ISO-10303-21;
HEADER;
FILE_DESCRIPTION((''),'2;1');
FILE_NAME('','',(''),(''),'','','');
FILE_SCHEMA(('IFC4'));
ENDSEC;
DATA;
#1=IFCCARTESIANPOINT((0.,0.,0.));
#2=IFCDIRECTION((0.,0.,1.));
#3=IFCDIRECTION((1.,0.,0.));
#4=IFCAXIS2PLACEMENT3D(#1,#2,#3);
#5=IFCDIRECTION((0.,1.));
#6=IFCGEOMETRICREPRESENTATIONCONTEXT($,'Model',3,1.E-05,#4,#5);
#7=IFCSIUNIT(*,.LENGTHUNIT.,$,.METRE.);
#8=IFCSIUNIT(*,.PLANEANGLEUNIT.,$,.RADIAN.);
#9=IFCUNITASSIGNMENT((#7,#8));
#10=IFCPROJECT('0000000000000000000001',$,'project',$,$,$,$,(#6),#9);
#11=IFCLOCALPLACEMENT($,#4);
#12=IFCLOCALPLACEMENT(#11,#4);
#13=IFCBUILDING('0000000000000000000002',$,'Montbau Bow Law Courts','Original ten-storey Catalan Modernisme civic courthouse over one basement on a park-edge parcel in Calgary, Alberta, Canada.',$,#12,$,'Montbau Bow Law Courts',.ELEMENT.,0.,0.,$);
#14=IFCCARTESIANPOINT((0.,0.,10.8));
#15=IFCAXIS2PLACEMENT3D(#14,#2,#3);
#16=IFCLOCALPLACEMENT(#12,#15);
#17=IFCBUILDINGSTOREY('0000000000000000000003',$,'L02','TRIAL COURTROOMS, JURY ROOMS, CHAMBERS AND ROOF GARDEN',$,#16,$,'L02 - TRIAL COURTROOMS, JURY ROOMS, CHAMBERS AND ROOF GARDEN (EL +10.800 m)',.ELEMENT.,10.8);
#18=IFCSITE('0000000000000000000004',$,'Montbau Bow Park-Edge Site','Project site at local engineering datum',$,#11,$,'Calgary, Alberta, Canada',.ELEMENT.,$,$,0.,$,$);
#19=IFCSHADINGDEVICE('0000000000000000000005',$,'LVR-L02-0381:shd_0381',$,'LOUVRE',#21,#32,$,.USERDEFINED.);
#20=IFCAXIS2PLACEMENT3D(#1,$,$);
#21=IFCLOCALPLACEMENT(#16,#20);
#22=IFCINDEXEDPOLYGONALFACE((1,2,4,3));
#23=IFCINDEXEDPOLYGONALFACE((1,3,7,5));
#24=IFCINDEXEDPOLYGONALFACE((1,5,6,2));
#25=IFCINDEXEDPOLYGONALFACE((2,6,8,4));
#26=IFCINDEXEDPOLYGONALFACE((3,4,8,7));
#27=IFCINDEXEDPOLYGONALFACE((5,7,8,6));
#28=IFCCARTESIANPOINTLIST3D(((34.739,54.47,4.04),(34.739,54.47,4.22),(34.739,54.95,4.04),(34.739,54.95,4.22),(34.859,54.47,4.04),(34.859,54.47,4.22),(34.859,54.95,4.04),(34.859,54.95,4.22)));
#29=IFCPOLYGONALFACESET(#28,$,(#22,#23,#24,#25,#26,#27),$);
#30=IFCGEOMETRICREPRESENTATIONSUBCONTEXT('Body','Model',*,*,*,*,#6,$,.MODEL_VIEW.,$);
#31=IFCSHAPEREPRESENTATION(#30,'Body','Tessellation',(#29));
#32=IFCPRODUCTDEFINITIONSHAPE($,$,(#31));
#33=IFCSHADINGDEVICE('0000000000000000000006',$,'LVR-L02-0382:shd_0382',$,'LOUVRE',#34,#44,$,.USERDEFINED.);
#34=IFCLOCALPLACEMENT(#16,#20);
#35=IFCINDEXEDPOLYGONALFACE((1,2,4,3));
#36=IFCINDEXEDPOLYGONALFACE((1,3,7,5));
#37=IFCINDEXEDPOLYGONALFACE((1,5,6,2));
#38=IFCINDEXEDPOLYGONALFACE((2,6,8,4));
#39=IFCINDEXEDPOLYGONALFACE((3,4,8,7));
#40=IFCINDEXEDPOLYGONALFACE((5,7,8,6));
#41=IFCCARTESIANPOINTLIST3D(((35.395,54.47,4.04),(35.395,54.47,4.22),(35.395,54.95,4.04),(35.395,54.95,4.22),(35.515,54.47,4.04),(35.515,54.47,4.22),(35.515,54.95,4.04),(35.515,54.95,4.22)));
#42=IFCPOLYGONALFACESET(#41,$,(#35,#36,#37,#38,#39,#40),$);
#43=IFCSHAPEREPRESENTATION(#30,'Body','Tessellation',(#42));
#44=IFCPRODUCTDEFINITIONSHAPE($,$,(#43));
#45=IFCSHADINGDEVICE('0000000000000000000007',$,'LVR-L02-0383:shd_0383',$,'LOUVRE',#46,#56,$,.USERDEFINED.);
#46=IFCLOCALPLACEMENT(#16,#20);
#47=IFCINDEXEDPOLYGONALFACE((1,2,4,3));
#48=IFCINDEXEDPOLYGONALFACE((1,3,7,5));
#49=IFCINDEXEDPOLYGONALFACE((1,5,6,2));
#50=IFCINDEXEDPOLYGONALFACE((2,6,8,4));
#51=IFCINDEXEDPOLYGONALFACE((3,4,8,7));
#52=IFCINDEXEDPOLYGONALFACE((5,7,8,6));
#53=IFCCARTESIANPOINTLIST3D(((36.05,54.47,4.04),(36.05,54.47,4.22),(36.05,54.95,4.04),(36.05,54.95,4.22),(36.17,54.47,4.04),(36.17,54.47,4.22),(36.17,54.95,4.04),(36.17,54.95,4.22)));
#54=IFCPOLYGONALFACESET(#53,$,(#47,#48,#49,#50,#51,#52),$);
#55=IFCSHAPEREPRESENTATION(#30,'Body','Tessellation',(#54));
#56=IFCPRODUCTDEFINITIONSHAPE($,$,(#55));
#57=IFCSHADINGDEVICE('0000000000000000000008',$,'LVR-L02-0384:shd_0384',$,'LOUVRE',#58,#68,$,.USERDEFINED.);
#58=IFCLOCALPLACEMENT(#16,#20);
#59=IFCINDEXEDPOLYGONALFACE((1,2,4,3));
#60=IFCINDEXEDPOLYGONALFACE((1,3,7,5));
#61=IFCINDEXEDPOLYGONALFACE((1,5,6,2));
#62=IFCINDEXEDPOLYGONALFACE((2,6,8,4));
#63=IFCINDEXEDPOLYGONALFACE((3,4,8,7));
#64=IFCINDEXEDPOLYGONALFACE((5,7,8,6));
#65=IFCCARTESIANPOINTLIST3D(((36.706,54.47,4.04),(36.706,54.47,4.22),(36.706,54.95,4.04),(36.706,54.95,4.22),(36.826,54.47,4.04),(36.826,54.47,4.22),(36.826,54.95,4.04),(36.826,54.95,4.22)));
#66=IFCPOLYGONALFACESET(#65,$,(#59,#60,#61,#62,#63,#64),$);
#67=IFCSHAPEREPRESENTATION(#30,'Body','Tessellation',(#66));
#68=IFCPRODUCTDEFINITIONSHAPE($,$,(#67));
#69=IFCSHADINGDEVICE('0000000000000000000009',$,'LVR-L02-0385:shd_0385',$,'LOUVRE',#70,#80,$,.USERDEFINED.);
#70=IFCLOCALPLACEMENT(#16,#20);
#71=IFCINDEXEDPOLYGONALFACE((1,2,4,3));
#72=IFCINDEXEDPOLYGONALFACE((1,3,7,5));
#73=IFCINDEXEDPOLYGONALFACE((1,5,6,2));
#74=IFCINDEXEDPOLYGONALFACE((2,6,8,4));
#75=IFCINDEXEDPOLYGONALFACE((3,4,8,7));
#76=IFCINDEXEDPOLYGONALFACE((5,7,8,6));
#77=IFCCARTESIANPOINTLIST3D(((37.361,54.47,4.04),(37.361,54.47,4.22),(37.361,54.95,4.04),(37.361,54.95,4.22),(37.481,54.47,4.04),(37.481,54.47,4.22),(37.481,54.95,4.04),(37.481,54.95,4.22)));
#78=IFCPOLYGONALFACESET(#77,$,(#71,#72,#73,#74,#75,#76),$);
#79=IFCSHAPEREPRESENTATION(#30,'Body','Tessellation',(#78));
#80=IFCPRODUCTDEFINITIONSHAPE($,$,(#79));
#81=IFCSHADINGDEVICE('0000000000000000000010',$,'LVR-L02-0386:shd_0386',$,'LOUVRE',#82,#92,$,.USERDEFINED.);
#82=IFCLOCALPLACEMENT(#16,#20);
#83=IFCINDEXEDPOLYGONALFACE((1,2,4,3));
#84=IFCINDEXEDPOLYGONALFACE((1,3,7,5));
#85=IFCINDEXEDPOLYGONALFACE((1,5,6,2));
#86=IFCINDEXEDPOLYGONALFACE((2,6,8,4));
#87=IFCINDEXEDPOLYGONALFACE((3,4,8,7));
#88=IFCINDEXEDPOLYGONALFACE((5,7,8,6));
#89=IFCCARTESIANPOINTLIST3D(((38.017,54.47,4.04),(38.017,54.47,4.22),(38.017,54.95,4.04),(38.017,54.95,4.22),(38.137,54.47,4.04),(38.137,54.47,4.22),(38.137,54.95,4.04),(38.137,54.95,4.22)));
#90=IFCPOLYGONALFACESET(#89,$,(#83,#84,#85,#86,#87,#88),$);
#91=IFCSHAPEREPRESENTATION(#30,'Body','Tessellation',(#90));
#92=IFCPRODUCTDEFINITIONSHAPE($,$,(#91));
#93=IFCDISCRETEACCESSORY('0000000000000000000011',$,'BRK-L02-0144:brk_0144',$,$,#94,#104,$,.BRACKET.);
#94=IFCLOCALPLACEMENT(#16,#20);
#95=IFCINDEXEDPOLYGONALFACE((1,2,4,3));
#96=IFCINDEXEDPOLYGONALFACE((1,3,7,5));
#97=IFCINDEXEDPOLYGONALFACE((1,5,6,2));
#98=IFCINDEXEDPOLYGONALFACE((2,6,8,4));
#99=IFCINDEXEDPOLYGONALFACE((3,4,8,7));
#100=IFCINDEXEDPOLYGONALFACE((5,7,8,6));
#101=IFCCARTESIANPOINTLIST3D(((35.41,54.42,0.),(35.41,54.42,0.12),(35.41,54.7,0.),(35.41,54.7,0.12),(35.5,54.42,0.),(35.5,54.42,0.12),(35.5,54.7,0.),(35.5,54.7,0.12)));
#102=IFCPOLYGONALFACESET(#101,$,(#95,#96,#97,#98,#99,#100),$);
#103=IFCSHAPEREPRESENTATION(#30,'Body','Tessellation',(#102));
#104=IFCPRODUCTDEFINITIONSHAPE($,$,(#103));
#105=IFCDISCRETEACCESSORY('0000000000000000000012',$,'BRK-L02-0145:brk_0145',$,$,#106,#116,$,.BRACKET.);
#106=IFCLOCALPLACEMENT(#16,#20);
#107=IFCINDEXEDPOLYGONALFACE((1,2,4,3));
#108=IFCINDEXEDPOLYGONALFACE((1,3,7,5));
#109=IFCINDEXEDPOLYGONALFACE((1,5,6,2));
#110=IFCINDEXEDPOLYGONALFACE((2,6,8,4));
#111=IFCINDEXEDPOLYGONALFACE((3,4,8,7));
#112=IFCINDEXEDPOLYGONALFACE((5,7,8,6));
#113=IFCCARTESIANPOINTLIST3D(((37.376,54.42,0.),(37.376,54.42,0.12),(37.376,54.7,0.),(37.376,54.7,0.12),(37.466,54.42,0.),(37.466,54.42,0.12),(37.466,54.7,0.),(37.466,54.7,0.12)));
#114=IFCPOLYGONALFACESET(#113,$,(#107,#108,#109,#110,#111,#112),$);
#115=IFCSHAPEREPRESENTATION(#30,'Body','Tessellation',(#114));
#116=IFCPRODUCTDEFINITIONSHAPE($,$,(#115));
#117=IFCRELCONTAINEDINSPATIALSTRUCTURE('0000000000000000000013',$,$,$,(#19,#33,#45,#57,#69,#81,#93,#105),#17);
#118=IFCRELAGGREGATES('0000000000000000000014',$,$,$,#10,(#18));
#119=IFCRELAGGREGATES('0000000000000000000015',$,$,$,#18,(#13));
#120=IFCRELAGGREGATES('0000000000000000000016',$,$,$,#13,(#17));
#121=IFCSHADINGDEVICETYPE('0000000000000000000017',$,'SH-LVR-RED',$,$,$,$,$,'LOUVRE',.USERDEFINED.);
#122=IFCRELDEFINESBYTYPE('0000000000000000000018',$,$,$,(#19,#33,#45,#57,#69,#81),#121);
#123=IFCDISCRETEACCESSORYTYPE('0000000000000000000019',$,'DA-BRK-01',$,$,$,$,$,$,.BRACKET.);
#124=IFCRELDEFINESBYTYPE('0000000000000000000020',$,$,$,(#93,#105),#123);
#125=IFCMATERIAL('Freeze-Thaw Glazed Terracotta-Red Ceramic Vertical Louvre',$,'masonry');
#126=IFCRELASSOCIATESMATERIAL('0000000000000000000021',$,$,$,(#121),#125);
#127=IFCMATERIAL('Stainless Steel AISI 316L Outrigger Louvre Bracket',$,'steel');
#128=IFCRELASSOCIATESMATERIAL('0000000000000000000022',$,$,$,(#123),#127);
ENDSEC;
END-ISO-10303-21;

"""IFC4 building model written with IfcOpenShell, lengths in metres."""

from ifc_helpers import new_model, si_unit, direction, frame, origin_with_axes, origin_2d_with_axis, place, context, subcontext, project, spatial, rectangle, extrude, material, type_object, element, save


model = new_model("IFC4")

# Units and contexts
model_context = context("Model", 3, precision=1e-05, world=origin_with_axes(), true_north=direction((0.0, 1.0)))
body_context = subcontext(model_context, "Body", "Model", "MODEL_VIEW")
ifc_project = project(units=[si_unit("LENGTHUNIT", "METRE"), si_unit("PLANEANGLEUNIT", "RADIAN")], contexts=[model_context])

# Site, building, storey
site_placement = place(None, origin_with_axes())
site = spatial("IfcSite", under=ifc_project, at=site_placement, Name="Montbau Bow Park-Edge Site", Description="Project site at local engineering datum", LongName="Calgary, Alberta, Canada", CompositionType="ELEMENT", RefElevation=0.0)
building_placement = place(site_placement, origin_with_axes())
building = spatial("IfcBuilding", under=site, at=building_placement, Name="Montbau Bow Law Courts", Description="Original ten-storey Catalan Modernisme civic courthouse over one basement on a park-edge parcel in Calgary, Alberta, Canada.", LongName="Montbau Bow Law Courts", CompositionType="ELEMENT", ElevationOfRefHeight=0.0, ElevationOfTerrain=0.0)
storey_placement = place(building_placement, frame((0.0, 0.0, 10.8), z_axis=(0.0, 0.0, 1.0), x_axis=(1.0, 0.0, 0.0)))
storey = spatial("IfcBuildingStorey", under=building, at=storey_placement, Name="L02", Description="TRIAL COURTROOMS, JURY ROOMS, CHAMBERS AND ROOF GARDEN", LongName="L02 - TRIAL COURTROOMS, JURY ROOMS, CHAMBERS AND ROOF GARDEN (EL +10.800 m)", CompositionType="ELEMENT", Elevation=10.8)

# Shared definitions
ifc_material_1 = material(Name="Freeze-Thaw Glazed Terracotta-Red Ceramic Vertical Louvre", Category="masonry")

# Shading devices
shading_device_type = type_object("IfcShadingDeviceType", Name="SH-LVR-RED", ElementType="LOUVRE", PredefinedType="USERDEFINED", material=ifc_material_1)
for number, where, z_axis, x_axis, name in (
    (1, (34.799, 54.71, 14.84), (0.0, 0.0, 1.0), (0.0, 1.0, 0.0), "LVR-L02-0381:shd_0381"),
    (2, (35.455, 54.71, 14.84), (0.0, 0.0, 1.0), (0.0, 1.0, 0.0), "LVR-L02-0382:shd_0382"),
    (3, (36.11, 54.71, 14.84), (0.0, 0.0, 1.0), (0.0, 1.0, 0.0), "LVR-L02-0383:shd_0383"),
    (4, (36.766, 54.71, 14.84), (0.0, 0.0, 1.0), (0.0, 1.0, 0.0), "LVR-L02-0384:shd_0384"),
    (5, (37.421, 54.71, 14.84), (0.0, 0.0, 1.0), (0.0, 1.0, 0.0), "LVR-L02-0385:shd_0385"),
    (6, (38.077, 54.71, 14.84), (0.0, 0.0, 1.0), (0.0, 1.0, 0.0), "LVR-L02-0386:shd_0386"),
):
    element("IfcShadingDevice", number, at=place(None, frame(where, z_axis=z_axis, x_axis=x_axis)), inside=storey, type_object=shading_device_type, Name=name, ObjectType="LOUVRE", PredefinedType="USERDEFINED", context=body_context, shape_type="SweptSolid", body=[
        extrude(rectangle(XDim=0.48, YDim=0.12, at=origin_2d_with_axis()), origin_with_axes(), (0.0, 0.0, 1.0), 0.18),
    ])

# Discrete accessories
ifc_material_2 = material(Name="Stainless Steel AISI 316L Outrigger Louvre Bracket", Category="steel")
discrete_accessory_type = type_object("IfcDiscreteAccessoryType", Name="DA-BRK-01", PredefinedType="BRACKET", material=ifc_material_2)
for number, where, z_axis, x_axis, name in (
    (7, (35.455, 54.56, 10.8), (0.0, 0.0, 1.0), (0.0, 1.0, 0.0), "BRK-L02-0144:brk_0144"),
    (8, (37.421, 54.56, 10.8), (0.0, 0.0, 1.0), (0.0, 1.0, 0.0), "BRK-L02-0145:brk_0145"),
):
    element("IfcDiscreteAccessory", number, at=place(None, frame(where, z_axis=z_axis, x_axis=x_axis)), inside=storey, type_object=discrete_accessory_type, Name=name, PredefinedType="BRACKET", context=body_context, shape_type="SweptSolid", body=[
        extrude(rectangle(XDim=0.28, YDim=0.09, at=origin_2d_with_axis()), origin_with_axes(), (0.0, 0.0, 1.0), 0.12),
    ])

save(model, "model.ifc")
